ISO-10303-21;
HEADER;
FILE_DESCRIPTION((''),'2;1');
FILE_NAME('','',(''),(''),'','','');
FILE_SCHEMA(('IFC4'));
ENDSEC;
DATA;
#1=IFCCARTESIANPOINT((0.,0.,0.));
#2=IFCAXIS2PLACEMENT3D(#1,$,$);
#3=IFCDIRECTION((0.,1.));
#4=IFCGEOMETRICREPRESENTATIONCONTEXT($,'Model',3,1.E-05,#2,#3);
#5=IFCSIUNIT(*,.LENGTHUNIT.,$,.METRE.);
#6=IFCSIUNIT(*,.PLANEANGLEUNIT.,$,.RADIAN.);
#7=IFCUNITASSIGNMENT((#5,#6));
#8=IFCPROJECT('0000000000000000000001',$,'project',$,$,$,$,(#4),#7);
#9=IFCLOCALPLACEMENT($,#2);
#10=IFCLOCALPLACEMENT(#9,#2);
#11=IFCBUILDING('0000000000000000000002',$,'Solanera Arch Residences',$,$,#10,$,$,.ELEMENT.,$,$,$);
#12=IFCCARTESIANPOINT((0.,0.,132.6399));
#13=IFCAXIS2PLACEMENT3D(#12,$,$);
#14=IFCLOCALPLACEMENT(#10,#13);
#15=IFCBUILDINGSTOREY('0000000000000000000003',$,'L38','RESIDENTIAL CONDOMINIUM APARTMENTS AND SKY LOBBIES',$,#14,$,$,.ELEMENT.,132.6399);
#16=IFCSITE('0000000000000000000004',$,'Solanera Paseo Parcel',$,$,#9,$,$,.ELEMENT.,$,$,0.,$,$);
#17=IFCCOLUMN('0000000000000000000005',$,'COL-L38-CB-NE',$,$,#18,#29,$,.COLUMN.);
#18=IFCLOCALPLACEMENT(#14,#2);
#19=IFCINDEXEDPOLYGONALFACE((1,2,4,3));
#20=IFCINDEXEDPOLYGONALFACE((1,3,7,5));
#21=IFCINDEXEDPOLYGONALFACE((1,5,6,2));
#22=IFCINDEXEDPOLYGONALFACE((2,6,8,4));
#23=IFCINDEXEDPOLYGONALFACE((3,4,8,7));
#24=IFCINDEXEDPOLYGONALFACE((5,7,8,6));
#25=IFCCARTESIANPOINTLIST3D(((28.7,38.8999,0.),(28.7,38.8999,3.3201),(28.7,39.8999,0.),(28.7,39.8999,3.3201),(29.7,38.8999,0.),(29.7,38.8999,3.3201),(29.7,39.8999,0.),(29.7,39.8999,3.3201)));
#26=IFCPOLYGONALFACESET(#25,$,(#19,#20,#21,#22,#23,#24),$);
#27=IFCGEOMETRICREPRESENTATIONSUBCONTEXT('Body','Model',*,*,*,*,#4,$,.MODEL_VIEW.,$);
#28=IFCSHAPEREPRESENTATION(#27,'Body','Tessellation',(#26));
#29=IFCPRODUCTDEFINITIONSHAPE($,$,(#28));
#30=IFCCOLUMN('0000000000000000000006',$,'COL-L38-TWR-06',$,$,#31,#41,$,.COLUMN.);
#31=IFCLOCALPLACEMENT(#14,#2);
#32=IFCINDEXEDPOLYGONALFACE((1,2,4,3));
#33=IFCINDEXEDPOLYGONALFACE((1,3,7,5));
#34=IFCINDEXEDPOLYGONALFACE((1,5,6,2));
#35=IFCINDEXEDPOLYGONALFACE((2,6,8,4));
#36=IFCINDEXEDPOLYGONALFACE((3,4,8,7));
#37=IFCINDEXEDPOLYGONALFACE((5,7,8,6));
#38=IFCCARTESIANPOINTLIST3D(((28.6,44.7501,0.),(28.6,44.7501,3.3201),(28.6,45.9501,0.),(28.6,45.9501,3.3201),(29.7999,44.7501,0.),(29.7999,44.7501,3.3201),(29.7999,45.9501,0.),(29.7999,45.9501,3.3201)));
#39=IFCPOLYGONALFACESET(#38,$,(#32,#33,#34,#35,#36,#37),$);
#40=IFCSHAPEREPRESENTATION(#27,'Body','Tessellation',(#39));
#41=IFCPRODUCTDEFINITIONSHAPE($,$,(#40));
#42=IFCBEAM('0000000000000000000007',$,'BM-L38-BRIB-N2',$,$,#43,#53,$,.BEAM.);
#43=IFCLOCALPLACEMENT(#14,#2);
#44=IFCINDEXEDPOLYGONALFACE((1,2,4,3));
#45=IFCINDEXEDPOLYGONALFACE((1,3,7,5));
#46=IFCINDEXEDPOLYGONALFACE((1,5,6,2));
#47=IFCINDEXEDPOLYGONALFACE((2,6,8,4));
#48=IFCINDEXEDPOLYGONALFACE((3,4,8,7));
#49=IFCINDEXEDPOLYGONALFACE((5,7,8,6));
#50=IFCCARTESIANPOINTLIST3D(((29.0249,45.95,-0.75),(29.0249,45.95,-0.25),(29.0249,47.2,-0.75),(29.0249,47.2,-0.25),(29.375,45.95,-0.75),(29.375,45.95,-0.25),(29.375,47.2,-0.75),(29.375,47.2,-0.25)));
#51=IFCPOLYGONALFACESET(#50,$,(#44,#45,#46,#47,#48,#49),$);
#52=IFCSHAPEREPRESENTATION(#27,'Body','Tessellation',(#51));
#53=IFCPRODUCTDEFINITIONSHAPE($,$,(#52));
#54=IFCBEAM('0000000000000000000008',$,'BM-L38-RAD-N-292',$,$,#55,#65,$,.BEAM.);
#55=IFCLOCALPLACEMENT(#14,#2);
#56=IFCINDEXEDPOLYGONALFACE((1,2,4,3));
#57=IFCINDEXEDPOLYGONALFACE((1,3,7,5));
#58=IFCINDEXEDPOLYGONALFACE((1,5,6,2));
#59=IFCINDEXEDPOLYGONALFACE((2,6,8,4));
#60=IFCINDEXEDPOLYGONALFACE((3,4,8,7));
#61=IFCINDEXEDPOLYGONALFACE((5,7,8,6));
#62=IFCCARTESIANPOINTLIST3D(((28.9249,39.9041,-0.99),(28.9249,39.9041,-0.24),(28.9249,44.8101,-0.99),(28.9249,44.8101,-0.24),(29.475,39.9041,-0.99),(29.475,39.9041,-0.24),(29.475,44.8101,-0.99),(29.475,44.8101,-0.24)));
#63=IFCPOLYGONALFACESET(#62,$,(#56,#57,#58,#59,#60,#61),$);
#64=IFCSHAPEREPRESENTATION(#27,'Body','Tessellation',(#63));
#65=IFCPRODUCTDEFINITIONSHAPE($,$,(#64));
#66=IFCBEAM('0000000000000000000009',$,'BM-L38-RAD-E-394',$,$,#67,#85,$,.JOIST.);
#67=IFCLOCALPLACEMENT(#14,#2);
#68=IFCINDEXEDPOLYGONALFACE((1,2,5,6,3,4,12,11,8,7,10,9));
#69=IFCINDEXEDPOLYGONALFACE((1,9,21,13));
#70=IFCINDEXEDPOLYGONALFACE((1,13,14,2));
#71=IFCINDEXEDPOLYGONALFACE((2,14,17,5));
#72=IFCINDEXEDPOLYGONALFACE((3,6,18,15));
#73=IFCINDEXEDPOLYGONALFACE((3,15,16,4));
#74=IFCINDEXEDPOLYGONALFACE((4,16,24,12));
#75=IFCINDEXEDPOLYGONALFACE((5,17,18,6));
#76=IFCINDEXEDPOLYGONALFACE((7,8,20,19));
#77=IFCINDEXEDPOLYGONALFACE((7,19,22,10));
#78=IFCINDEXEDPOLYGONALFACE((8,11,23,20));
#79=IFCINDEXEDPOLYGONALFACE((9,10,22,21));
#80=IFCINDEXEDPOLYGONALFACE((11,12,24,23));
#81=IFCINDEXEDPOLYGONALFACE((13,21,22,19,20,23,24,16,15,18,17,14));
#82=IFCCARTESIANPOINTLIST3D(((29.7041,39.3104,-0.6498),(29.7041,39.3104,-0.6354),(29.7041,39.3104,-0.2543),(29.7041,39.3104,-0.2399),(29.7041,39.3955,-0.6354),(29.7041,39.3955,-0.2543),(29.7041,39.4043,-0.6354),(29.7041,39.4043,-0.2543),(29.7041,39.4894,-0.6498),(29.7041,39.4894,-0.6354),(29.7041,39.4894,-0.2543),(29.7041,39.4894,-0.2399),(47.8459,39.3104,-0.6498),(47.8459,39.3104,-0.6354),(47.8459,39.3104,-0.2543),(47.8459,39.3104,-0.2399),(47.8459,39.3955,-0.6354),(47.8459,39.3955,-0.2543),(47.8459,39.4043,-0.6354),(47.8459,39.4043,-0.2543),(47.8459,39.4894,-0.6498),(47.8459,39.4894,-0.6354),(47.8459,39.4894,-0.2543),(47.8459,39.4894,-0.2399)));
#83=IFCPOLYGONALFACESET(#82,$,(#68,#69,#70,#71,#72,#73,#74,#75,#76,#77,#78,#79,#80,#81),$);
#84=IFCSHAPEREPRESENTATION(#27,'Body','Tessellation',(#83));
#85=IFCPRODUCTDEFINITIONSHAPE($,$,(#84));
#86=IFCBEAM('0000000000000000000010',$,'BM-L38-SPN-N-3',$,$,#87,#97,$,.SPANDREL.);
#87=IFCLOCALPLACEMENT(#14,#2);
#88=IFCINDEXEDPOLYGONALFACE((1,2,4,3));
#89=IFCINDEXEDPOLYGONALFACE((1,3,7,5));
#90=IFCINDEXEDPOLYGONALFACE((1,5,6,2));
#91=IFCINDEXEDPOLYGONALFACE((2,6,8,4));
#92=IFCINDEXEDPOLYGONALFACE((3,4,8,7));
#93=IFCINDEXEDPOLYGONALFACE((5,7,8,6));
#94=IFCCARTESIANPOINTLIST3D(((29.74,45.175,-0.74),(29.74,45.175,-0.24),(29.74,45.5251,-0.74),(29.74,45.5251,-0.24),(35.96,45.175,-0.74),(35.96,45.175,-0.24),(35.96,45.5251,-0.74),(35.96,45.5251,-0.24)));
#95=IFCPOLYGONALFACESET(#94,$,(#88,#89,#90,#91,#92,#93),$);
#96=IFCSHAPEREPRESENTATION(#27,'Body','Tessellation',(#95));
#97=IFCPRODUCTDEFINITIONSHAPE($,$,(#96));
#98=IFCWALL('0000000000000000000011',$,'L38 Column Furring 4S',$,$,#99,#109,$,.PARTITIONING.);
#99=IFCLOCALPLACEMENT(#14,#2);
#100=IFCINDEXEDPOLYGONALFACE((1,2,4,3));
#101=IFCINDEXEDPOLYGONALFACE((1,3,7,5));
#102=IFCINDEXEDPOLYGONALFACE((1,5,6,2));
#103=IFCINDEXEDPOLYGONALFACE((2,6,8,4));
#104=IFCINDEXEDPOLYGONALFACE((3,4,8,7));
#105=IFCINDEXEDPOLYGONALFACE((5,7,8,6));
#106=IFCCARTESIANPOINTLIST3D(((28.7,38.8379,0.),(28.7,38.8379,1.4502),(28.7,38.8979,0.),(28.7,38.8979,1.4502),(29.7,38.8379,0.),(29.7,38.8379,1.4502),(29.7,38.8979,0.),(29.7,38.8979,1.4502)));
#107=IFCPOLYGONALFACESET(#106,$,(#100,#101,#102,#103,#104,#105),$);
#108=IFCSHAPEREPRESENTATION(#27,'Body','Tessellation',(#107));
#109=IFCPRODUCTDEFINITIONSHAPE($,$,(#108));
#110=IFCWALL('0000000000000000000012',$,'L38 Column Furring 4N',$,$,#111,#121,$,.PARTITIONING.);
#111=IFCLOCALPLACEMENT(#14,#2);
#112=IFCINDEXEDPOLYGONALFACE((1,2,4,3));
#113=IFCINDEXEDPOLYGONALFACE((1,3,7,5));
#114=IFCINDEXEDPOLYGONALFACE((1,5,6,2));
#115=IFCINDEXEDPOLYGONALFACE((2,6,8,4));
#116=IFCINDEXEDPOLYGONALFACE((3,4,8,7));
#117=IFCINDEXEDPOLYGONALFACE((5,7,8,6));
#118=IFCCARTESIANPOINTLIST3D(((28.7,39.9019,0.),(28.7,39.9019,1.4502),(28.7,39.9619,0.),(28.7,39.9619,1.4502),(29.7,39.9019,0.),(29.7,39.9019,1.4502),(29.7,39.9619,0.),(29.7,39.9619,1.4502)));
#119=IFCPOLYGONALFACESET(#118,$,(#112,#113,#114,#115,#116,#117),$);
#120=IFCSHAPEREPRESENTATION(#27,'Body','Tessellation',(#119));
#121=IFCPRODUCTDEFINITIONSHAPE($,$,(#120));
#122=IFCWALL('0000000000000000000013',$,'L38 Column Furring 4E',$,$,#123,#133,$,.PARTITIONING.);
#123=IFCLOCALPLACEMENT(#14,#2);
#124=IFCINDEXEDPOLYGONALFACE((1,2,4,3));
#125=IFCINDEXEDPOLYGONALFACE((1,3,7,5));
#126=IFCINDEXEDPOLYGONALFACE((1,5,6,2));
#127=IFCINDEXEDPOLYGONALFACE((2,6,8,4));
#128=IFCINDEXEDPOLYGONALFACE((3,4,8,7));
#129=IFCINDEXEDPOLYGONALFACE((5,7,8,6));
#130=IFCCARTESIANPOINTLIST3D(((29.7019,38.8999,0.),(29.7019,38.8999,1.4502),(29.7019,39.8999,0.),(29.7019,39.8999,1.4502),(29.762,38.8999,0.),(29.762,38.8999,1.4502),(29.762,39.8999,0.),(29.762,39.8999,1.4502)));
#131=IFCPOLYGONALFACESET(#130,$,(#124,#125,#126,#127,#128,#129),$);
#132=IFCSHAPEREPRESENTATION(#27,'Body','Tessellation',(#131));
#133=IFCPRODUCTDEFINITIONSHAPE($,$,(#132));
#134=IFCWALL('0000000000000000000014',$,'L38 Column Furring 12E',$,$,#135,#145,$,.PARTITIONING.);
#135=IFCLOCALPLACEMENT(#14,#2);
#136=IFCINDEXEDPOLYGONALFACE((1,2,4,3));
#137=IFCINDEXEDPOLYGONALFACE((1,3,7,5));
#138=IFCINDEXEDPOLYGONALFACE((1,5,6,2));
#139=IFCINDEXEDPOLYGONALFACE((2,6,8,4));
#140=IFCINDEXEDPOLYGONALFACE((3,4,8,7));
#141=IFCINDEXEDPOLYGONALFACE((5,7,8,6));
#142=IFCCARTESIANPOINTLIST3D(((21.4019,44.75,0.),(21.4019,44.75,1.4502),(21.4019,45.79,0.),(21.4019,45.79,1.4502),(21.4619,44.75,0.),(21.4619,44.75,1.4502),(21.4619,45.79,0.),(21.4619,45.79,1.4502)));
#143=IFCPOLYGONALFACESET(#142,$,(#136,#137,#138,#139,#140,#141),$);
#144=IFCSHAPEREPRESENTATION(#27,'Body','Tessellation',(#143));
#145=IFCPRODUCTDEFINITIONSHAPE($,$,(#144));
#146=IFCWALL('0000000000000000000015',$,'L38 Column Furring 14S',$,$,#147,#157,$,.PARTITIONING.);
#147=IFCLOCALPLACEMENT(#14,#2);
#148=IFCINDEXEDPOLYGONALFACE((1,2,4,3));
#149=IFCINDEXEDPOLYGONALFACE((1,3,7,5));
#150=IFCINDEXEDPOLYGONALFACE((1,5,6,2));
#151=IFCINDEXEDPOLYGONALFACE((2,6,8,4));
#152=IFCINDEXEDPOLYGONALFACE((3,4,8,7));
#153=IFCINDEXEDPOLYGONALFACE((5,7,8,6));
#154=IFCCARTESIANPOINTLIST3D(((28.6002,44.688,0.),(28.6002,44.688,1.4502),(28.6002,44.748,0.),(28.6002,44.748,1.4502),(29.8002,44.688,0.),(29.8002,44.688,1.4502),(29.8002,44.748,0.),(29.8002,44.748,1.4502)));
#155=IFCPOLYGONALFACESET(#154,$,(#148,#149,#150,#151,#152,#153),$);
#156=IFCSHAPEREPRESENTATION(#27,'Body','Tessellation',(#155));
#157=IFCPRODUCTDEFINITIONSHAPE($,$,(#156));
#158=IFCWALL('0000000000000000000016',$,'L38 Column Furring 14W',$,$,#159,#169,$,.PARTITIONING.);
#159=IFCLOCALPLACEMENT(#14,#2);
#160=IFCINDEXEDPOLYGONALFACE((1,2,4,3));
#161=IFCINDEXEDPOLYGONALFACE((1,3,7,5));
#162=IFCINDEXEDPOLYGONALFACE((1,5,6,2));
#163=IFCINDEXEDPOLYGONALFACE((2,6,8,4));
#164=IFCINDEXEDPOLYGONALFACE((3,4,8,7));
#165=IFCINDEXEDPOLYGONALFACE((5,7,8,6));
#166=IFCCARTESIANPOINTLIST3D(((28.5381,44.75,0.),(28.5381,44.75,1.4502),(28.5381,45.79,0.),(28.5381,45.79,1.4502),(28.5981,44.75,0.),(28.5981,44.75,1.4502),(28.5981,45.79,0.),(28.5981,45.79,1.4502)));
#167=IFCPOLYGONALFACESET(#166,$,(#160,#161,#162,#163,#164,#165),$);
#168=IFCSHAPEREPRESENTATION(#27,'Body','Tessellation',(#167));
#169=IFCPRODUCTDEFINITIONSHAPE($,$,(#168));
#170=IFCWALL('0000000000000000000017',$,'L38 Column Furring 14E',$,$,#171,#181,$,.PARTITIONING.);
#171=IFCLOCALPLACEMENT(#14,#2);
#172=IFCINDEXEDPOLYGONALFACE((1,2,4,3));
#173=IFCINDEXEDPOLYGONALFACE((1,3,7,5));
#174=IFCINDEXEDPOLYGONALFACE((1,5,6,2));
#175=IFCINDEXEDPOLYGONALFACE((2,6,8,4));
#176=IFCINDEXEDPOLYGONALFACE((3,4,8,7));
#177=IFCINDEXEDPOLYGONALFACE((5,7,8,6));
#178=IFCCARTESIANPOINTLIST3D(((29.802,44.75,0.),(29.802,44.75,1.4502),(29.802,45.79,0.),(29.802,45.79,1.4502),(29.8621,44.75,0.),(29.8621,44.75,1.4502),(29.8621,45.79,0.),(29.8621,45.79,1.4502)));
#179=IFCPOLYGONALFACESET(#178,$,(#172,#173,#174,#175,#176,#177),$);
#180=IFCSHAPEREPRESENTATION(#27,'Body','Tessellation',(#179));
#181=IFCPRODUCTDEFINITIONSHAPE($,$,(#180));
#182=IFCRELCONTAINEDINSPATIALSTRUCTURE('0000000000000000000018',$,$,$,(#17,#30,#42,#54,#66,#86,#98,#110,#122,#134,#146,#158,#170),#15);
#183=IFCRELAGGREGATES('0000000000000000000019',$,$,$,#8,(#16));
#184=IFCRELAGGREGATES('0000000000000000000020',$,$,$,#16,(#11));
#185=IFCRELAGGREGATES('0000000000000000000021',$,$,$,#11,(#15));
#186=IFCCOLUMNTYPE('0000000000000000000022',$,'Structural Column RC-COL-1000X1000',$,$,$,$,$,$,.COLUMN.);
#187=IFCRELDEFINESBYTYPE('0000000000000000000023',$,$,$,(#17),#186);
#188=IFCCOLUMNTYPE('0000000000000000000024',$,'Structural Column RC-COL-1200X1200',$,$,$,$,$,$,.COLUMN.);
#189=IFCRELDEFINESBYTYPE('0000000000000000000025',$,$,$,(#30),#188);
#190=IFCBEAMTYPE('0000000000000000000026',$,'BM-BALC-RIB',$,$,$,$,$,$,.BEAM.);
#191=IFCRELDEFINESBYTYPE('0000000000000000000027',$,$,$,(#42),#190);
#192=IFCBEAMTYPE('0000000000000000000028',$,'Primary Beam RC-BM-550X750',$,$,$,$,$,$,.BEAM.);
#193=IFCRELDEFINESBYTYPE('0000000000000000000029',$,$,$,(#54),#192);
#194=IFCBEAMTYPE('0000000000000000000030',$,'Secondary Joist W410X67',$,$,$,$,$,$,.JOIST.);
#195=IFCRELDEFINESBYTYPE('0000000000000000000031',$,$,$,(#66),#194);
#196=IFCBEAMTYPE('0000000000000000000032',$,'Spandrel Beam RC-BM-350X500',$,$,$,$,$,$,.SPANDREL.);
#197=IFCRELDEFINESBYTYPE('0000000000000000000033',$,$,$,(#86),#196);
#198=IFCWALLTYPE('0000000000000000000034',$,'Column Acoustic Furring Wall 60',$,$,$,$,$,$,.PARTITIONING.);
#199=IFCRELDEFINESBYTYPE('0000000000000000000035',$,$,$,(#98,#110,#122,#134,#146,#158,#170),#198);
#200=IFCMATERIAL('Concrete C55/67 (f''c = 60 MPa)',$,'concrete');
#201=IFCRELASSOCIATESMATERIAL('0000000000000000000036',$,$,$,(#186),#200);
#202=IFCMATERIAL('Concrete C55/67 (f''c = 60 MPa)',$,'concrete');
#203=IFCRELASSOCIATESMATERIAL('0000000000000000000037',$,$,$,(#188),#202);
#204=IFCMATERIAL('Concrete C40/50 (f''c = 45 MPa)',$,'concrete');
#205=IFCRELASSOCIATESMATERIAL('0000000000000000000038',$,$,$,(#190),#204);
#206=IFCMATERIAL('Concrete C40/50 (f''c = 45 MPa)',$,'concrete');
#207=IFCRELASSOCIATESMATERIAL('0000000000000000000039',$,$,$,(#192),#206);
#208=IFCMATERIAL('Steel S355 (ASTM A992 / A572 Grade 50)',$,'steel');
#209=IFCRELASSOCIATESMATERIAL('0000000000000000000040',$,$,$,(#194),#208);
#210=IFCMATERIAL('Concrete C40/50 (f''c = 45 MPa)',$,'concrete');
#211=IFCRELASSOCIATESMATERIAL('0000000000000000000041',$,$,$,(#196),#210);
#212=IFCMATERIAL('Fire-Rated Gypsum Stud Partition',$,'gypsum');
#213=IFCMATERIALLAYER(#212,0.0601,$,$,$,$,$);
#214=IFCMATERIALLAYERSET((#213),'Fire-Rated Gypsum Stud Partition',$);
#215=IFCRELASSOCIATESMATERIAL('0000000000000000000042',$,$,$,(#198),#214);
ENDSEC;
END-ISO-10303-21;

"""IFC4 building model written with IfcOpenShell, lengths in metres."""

from ifc_helpers import new_model, si_unit, direction, frame, frame_2d, origin, origin_2d, place, context, subcontext, project, spatial, rectangle, i_section, extrude, material, layer, layer_set, material_profile, profile_set, type_object, element, save


model = new_model("IFC4")

# Units and contexts
model_context = context("Model", 3, precision=1e-05, world=origin(), true_north=direction((0.0, 1.0)))
body_context = subcontext(model_context, "Body", "Model", "MODEL_VIEW")
ifc_project = project(units=[si_unit("LENGTHUNIT", "METRE"), si_unit("PLANEANGLEUNIT", "RADIAN")], contexts=[model_context])

# Site, building, storey
site_placement = place(None, origin())
site = spatial("IfcSite", under=ifc_project, at=site_placement, Name="Solanera Paseo Parcel", CompositionType="ELEMENT", RefElevation=0.0)
building_placement = place(site_placement, origin())
building = spatial("IfcBuilding", under=site, at=building_placement, Name="Solanera Arch Residences", CompositionType="ELEMENT")
storey_placement = place(building_placement, frame((0.0, 0.0, 132.6399)))
storey = spatial("IfcBuildingStorey", under=building, at=storey_placement, Name="L38", Description="RESIDENTIAL CONDOMINIUM APARTMENTS AND SKY LOBBIES", CompositionType="ELEMENT", Elevation=132.6399)

# Columns
ifc_material_1 = material(Name="Concrete C55/67 (f'c = 60 MPa)", Category="concrete")
ifc_material_profile_1 = material_profile(ifc_material_1, rectangle(XDim=1.0, YDim=1.0, at=origin_2d()))
ifc_profile_set_1 = profile_set([ifc_material_profile_1], Name="Concrete C55/67 (f'c = 60 MPa)")
column_type_1 = type_object("IfcColumnType", Name="Structural Column RC-COL-1000X1000", PredefinedType="COLUMN", material=ifc_profile_set_1)
column_1_placement = place(storey_placement, frame((29.2, 39.3999, 0.0), z_axis=(0.0, 0.0, 1.0), x_axis=(1.0, 0.0, 0.0)))
element("IfcColumn", 1, at=column_1_placement, inside=storey, type_object=column_type_1, Name="COL-L38-CB-NE", PredefinedType="COLUMN", context=body_context, shape_type="SweptSolid", body=[
    extrude(rectangle(XDim=1.0, YDim=1.0, at=origin_2d()), origin(), (0.0, 0.0, 1.0), 3.3201),
])
ifc_material_2 = material(Name="Concrete C55/67 (f'c = 60 MPa)", Category="concrete")
ifc_material_profile_2 = material_profile(ifc_material_2, rectangle(XDim=1.2, YDim=1.2, at=origin_2d()))
ifc_profile_set_2 = profile_set([ifc_material_profile_2], Name="Concrete C55/67 (f'c = 60 MPa)")
column_type_2 = type_object("IfcColumnType", Name="Structural Column RC-COL-1200X1200", PredefinedType="COLUMN", material=ifc_profile_set_2)
column_2_placement = place(storey_placement, frame((29.2, 45.3501, 0.0), z_axis=(0.0, 0.0, 1.0), x_axis=(1.0, 0.0, 0.0)))
element("IfcColumn", 2, at=column_2_placement, inside=storey, type_object=column_type_2, Name="COL-L38-TWR-06", PredefinedType="COLUMN", context=body_context, shape_type="SweptSolid", body=[
    extrude(rectangle(XDim=1.2, YDim=1.2, at=origin_2d()), origin(), (0.0, 0.0, 1.0), 3.3201),
])

# Beams
ifc_material_3 = material(Name="Concrete C40/50 (f'c = 45 MPa)", Category="concrete")
ifc_material_profile_3 = material_profile(ifc_material_3, rectangle(XDim=0.3501, YDim=0.5, at=origin_2d()))
ifc_profile_set_3 = profile_set([ifc_material_profile_3], Name="Concrete C40/50 (f'c = 45 MPa)")
beam_type_1 = type_object("IfcBeamType", Name="BM-BALC-RIB", PredefinedType="BEAM", material=ifc_profile_set_3)
beam_1_placement = place(storey_placement, frame((29.2, 45.95, -0.5), z_axis=(0.0, 1.0, 0.0), x_axis=(-1.0, 0.0, 0.0)))
element("IfcBeam", 3, at=beam_1_placement, inside=storey, type_object=beam_type_1, Name="BM-L38-BRIB-N2", PredefinedType="BEAM", context=body_context, shape_type="SweptSolid", body=[
    extrude(rectangle(XDim=0.3501, YDim=0.5, at=origin_2d()), origin(), (0.0, 0.0, 1.0), 1.25),
])
ifc_material_4 = material(Name="Concrete C40/50 (f'c = 45 MPa)", Category="concrete")
ifc_material_profile_4 = material_profile(ifc_material_4, rectangle(XDim=0.55, YDim=0.75, at=origin_2d()))
ifc_profile_set_4 = profile_set([ifc_material_profile_4], Name="Concrete C40/50 (f'c = 45 MPa)")
beam_type_2 = type_object("IfcBeamType", Name="Primary Beam RC-BM-550X750", PredefinedType="BEAM", material=ifc_profile_set_4)
beam_2_placement = place(storey_placement, frame((29.2, 39.9041, -0.615), z_axis=(0.0, 1.0, 0.0), x_axis=(-1.0, 0.0, 0.0)))
element("IfcBeam", 4, at=beam_2_placement, inside=storey, type_object=beam_type_2, Name="BM-L38-RAD-N-292", PredefinedType="BEAM", context=body_context, shape_type="SweptSolid", body=[
    extrude(rectangle(XDim=0.55, YDim=0.75, at=origin_2d()), origin(), (0.0, 0.0, 1.0), 4.906),
])
ifc_material_5 = material(Name="Steel S355 (ASTM A992 / A572 Grade 50)", Category="steel")
ifc_material_profile_5 = material_profile(ifc_material_5, i_section(OverallWidth=0.179, OverallDepth=0.4099, WebThickness=0.0088, FlangeThickness=0.0144, at=origin_2d()))
ifc_profile_set_5 = profile_set([ifc_material_profile_5], Name="Steel S355 (ASTM A992 / A572 Grade 50)")
beam_type_3 = type_object("IfcBeamType", Name="Secondary Joist W410X67", PredefinedType="JOIST", material=ifc_profile_set_5)
beam_3_placement = place(storey_placement, frame((29.7041, 39.3999, -0.4448), z_axis=(1.0, 0.0, 0.0), x_axis=(0.0, 1.0, 0.0)))
element("IfcBeam", 5, at=beam_3_placement, inside=storey, type_object=beam_type_3, Name="BM-L38-RAD-E-394", PredefinedType="JOIST", context=body_context, shape_type="SweptSolid", body=[
    extrude(i_section(OverallWidth=0.179, OverallDepth=0.4099, WebThickness=0.0088, FlangeThickness=0.0144, at=origin_2d()), origin(), (0.0, 0.0, 1.0), 18.1418),
])
ifc_material_6 = material(Name="Concrete C40/50 (f'c = 45 MPa)", Category="concrete")
ifc_material_profile_6 = material_profile(ifc_material_6, rectangle(XDim=0.3501, YDim=0.5, at=origin_2d()))
ifc_profile_set_6 = profile_set([ifc_material_profile_6], Name="Concrete C40/50 (f'c = 45 MPa)")
beam_type_4 = type_object("IfcBeamType", Name="Spandrel Beam RC-BM-350X500", PredefinedType="SPANDREL", material=ifc_profile_set_6)
beam_4_placement = place(storey_placement, frame((29.74, 45.3501, -0.49), z_axis=(1.0, 0.0, 0.0), x_axis=(0.0, 1.0, 0.0)))
element("IfcBeam", 6, at=beam_4_placement, inside=storey, type_object=beam_type_4, Name="BM-L38-SPN-N-3", PredefinedType="SPANDREL", context=body_context, shape_type="SweptSolid", body=[
    extrude(rectangle(XDim=0.3501, YDim=0.5, at=origin_2d()), origin(), (0.0, 0.0, 1.0), 6.22),
])

# Walls
ifc_material_7 = material(Name="Fire-Rated Gypsum Stud Partition", Category="gypsum")
ifc_layer_1 = layer(ifc_material_7, 0.0601)
ifc_layer_set_1 = layer_set([ifc_layer_1], Name="Fire-Rated Gypsum Stud Partition")
wall_type_1 = type_object("IfcWallType", Name="Column Acoustic Furring Wall 60", PredefinedType="PARTITIONING", material=ifc_layer_set_1)
for number, where, z_axis, x_axis, name in (
    (7, (28.7, 38.8679, 0.0), (0.0, 0.0, 1.0), (1.0, 0.0, 0.0), "L38 Column Furring 4S"),
    (8, (28.7, 39.9319, 0.0), (0.0, 0.0, 1.0), (1.0, 0.0, 0.0), "L38 Column Furring 4N"),
    (9, (29.7319, 38.8999, 0.0), (0.0, 0.0, 1.0), (0.0, 1.0, 0.0), "L38 Column Furring 4E"),
):
    element("IfcWall", number, at=place(storey_placement, frame(where, z_axis=z_axis, x_axis=x_axis)), inside=storey, type_object=wall_type_1, Name=name, PredefinedType="PARTITIONING", context=body_context, shape_type="SweptSolid", body=[
        extrude(rectangle(XDim=1.0, YDim=0.0601, at=frame_2d((0.5, 0.0))), origin(), (0.0, 0.0, 1.0), 1.4502),
    ])
wall_1_placement = place(storey_placement, frame((21.4319, 44.75, 0.0), z_axis=(0.0, 0.0, 1.0), x_axis=(0.0, 1.0, 0.0)))
element("IfcWall", 10, at=wall_1_placement, inside=storey, type_object=wall_type_1, Name="L38 Column Furring 12E", PredefinedType="PARTITIONING", context=body_context, shape_type="SweptSolid", body=[
    extrude(rectangle(XDim=1.04, YDim=0.0601, at=frame_2d((0.52, 0.0))), origin(), (0.0, 0.0, 1.0), 1.4502),
])
wall_2_placement = place(storey_placement, frame((28.6001, 44.718, 0.0), z_axis=(0.0, 0.0, 1.0), x_axis=(1.0, 0.0, 0.0)))
element("IfcWall", 11, at=wall_2_placement, inside=storey, type_object=wall_type_1, Name="L38 Column Furring 14S", PredefinedType="PARTITIONING", context=body_context, shape_type="SweptSolid", body=[
    extrude(rectangle(XDim=1.2, YDim=0.0601, at=frame_2d((0.6001, 0.0))), origin(), (0.0, 0.0, 1.0), 1.4502),
])
for number, where, z_axis, x_axis, name in (
    (12, (28.5681, 44.75, 0.0), (0.0, 0.0, 1.0), (0.0, 1.0, 0.0), "L38 Column Furring 14W"),
    (13, (29.832, 44.75, 0.0), (0.0, 0.0, 1.0), (0.0, 1.0, 0.0), "L38 Column Furring 14E"),
):
    element("IfcWall", number, at=place(storey_placement, frame(where, z_axis=z_axis, x_axis=x_axis)), inside=storey, type_object=wall_type_1, Name=name, PredefinedType="PARTITIONING", context=body_context, shape_type="SweptSolid", body=[
        extrude(rectangle(XDim=1.04, YDim=0.0601, at=frame_2d((0.52, 0.0))), origin(), (0.0, 0.0, 1.0), 1.4502),
    ])

save(model, "model.ifc")
